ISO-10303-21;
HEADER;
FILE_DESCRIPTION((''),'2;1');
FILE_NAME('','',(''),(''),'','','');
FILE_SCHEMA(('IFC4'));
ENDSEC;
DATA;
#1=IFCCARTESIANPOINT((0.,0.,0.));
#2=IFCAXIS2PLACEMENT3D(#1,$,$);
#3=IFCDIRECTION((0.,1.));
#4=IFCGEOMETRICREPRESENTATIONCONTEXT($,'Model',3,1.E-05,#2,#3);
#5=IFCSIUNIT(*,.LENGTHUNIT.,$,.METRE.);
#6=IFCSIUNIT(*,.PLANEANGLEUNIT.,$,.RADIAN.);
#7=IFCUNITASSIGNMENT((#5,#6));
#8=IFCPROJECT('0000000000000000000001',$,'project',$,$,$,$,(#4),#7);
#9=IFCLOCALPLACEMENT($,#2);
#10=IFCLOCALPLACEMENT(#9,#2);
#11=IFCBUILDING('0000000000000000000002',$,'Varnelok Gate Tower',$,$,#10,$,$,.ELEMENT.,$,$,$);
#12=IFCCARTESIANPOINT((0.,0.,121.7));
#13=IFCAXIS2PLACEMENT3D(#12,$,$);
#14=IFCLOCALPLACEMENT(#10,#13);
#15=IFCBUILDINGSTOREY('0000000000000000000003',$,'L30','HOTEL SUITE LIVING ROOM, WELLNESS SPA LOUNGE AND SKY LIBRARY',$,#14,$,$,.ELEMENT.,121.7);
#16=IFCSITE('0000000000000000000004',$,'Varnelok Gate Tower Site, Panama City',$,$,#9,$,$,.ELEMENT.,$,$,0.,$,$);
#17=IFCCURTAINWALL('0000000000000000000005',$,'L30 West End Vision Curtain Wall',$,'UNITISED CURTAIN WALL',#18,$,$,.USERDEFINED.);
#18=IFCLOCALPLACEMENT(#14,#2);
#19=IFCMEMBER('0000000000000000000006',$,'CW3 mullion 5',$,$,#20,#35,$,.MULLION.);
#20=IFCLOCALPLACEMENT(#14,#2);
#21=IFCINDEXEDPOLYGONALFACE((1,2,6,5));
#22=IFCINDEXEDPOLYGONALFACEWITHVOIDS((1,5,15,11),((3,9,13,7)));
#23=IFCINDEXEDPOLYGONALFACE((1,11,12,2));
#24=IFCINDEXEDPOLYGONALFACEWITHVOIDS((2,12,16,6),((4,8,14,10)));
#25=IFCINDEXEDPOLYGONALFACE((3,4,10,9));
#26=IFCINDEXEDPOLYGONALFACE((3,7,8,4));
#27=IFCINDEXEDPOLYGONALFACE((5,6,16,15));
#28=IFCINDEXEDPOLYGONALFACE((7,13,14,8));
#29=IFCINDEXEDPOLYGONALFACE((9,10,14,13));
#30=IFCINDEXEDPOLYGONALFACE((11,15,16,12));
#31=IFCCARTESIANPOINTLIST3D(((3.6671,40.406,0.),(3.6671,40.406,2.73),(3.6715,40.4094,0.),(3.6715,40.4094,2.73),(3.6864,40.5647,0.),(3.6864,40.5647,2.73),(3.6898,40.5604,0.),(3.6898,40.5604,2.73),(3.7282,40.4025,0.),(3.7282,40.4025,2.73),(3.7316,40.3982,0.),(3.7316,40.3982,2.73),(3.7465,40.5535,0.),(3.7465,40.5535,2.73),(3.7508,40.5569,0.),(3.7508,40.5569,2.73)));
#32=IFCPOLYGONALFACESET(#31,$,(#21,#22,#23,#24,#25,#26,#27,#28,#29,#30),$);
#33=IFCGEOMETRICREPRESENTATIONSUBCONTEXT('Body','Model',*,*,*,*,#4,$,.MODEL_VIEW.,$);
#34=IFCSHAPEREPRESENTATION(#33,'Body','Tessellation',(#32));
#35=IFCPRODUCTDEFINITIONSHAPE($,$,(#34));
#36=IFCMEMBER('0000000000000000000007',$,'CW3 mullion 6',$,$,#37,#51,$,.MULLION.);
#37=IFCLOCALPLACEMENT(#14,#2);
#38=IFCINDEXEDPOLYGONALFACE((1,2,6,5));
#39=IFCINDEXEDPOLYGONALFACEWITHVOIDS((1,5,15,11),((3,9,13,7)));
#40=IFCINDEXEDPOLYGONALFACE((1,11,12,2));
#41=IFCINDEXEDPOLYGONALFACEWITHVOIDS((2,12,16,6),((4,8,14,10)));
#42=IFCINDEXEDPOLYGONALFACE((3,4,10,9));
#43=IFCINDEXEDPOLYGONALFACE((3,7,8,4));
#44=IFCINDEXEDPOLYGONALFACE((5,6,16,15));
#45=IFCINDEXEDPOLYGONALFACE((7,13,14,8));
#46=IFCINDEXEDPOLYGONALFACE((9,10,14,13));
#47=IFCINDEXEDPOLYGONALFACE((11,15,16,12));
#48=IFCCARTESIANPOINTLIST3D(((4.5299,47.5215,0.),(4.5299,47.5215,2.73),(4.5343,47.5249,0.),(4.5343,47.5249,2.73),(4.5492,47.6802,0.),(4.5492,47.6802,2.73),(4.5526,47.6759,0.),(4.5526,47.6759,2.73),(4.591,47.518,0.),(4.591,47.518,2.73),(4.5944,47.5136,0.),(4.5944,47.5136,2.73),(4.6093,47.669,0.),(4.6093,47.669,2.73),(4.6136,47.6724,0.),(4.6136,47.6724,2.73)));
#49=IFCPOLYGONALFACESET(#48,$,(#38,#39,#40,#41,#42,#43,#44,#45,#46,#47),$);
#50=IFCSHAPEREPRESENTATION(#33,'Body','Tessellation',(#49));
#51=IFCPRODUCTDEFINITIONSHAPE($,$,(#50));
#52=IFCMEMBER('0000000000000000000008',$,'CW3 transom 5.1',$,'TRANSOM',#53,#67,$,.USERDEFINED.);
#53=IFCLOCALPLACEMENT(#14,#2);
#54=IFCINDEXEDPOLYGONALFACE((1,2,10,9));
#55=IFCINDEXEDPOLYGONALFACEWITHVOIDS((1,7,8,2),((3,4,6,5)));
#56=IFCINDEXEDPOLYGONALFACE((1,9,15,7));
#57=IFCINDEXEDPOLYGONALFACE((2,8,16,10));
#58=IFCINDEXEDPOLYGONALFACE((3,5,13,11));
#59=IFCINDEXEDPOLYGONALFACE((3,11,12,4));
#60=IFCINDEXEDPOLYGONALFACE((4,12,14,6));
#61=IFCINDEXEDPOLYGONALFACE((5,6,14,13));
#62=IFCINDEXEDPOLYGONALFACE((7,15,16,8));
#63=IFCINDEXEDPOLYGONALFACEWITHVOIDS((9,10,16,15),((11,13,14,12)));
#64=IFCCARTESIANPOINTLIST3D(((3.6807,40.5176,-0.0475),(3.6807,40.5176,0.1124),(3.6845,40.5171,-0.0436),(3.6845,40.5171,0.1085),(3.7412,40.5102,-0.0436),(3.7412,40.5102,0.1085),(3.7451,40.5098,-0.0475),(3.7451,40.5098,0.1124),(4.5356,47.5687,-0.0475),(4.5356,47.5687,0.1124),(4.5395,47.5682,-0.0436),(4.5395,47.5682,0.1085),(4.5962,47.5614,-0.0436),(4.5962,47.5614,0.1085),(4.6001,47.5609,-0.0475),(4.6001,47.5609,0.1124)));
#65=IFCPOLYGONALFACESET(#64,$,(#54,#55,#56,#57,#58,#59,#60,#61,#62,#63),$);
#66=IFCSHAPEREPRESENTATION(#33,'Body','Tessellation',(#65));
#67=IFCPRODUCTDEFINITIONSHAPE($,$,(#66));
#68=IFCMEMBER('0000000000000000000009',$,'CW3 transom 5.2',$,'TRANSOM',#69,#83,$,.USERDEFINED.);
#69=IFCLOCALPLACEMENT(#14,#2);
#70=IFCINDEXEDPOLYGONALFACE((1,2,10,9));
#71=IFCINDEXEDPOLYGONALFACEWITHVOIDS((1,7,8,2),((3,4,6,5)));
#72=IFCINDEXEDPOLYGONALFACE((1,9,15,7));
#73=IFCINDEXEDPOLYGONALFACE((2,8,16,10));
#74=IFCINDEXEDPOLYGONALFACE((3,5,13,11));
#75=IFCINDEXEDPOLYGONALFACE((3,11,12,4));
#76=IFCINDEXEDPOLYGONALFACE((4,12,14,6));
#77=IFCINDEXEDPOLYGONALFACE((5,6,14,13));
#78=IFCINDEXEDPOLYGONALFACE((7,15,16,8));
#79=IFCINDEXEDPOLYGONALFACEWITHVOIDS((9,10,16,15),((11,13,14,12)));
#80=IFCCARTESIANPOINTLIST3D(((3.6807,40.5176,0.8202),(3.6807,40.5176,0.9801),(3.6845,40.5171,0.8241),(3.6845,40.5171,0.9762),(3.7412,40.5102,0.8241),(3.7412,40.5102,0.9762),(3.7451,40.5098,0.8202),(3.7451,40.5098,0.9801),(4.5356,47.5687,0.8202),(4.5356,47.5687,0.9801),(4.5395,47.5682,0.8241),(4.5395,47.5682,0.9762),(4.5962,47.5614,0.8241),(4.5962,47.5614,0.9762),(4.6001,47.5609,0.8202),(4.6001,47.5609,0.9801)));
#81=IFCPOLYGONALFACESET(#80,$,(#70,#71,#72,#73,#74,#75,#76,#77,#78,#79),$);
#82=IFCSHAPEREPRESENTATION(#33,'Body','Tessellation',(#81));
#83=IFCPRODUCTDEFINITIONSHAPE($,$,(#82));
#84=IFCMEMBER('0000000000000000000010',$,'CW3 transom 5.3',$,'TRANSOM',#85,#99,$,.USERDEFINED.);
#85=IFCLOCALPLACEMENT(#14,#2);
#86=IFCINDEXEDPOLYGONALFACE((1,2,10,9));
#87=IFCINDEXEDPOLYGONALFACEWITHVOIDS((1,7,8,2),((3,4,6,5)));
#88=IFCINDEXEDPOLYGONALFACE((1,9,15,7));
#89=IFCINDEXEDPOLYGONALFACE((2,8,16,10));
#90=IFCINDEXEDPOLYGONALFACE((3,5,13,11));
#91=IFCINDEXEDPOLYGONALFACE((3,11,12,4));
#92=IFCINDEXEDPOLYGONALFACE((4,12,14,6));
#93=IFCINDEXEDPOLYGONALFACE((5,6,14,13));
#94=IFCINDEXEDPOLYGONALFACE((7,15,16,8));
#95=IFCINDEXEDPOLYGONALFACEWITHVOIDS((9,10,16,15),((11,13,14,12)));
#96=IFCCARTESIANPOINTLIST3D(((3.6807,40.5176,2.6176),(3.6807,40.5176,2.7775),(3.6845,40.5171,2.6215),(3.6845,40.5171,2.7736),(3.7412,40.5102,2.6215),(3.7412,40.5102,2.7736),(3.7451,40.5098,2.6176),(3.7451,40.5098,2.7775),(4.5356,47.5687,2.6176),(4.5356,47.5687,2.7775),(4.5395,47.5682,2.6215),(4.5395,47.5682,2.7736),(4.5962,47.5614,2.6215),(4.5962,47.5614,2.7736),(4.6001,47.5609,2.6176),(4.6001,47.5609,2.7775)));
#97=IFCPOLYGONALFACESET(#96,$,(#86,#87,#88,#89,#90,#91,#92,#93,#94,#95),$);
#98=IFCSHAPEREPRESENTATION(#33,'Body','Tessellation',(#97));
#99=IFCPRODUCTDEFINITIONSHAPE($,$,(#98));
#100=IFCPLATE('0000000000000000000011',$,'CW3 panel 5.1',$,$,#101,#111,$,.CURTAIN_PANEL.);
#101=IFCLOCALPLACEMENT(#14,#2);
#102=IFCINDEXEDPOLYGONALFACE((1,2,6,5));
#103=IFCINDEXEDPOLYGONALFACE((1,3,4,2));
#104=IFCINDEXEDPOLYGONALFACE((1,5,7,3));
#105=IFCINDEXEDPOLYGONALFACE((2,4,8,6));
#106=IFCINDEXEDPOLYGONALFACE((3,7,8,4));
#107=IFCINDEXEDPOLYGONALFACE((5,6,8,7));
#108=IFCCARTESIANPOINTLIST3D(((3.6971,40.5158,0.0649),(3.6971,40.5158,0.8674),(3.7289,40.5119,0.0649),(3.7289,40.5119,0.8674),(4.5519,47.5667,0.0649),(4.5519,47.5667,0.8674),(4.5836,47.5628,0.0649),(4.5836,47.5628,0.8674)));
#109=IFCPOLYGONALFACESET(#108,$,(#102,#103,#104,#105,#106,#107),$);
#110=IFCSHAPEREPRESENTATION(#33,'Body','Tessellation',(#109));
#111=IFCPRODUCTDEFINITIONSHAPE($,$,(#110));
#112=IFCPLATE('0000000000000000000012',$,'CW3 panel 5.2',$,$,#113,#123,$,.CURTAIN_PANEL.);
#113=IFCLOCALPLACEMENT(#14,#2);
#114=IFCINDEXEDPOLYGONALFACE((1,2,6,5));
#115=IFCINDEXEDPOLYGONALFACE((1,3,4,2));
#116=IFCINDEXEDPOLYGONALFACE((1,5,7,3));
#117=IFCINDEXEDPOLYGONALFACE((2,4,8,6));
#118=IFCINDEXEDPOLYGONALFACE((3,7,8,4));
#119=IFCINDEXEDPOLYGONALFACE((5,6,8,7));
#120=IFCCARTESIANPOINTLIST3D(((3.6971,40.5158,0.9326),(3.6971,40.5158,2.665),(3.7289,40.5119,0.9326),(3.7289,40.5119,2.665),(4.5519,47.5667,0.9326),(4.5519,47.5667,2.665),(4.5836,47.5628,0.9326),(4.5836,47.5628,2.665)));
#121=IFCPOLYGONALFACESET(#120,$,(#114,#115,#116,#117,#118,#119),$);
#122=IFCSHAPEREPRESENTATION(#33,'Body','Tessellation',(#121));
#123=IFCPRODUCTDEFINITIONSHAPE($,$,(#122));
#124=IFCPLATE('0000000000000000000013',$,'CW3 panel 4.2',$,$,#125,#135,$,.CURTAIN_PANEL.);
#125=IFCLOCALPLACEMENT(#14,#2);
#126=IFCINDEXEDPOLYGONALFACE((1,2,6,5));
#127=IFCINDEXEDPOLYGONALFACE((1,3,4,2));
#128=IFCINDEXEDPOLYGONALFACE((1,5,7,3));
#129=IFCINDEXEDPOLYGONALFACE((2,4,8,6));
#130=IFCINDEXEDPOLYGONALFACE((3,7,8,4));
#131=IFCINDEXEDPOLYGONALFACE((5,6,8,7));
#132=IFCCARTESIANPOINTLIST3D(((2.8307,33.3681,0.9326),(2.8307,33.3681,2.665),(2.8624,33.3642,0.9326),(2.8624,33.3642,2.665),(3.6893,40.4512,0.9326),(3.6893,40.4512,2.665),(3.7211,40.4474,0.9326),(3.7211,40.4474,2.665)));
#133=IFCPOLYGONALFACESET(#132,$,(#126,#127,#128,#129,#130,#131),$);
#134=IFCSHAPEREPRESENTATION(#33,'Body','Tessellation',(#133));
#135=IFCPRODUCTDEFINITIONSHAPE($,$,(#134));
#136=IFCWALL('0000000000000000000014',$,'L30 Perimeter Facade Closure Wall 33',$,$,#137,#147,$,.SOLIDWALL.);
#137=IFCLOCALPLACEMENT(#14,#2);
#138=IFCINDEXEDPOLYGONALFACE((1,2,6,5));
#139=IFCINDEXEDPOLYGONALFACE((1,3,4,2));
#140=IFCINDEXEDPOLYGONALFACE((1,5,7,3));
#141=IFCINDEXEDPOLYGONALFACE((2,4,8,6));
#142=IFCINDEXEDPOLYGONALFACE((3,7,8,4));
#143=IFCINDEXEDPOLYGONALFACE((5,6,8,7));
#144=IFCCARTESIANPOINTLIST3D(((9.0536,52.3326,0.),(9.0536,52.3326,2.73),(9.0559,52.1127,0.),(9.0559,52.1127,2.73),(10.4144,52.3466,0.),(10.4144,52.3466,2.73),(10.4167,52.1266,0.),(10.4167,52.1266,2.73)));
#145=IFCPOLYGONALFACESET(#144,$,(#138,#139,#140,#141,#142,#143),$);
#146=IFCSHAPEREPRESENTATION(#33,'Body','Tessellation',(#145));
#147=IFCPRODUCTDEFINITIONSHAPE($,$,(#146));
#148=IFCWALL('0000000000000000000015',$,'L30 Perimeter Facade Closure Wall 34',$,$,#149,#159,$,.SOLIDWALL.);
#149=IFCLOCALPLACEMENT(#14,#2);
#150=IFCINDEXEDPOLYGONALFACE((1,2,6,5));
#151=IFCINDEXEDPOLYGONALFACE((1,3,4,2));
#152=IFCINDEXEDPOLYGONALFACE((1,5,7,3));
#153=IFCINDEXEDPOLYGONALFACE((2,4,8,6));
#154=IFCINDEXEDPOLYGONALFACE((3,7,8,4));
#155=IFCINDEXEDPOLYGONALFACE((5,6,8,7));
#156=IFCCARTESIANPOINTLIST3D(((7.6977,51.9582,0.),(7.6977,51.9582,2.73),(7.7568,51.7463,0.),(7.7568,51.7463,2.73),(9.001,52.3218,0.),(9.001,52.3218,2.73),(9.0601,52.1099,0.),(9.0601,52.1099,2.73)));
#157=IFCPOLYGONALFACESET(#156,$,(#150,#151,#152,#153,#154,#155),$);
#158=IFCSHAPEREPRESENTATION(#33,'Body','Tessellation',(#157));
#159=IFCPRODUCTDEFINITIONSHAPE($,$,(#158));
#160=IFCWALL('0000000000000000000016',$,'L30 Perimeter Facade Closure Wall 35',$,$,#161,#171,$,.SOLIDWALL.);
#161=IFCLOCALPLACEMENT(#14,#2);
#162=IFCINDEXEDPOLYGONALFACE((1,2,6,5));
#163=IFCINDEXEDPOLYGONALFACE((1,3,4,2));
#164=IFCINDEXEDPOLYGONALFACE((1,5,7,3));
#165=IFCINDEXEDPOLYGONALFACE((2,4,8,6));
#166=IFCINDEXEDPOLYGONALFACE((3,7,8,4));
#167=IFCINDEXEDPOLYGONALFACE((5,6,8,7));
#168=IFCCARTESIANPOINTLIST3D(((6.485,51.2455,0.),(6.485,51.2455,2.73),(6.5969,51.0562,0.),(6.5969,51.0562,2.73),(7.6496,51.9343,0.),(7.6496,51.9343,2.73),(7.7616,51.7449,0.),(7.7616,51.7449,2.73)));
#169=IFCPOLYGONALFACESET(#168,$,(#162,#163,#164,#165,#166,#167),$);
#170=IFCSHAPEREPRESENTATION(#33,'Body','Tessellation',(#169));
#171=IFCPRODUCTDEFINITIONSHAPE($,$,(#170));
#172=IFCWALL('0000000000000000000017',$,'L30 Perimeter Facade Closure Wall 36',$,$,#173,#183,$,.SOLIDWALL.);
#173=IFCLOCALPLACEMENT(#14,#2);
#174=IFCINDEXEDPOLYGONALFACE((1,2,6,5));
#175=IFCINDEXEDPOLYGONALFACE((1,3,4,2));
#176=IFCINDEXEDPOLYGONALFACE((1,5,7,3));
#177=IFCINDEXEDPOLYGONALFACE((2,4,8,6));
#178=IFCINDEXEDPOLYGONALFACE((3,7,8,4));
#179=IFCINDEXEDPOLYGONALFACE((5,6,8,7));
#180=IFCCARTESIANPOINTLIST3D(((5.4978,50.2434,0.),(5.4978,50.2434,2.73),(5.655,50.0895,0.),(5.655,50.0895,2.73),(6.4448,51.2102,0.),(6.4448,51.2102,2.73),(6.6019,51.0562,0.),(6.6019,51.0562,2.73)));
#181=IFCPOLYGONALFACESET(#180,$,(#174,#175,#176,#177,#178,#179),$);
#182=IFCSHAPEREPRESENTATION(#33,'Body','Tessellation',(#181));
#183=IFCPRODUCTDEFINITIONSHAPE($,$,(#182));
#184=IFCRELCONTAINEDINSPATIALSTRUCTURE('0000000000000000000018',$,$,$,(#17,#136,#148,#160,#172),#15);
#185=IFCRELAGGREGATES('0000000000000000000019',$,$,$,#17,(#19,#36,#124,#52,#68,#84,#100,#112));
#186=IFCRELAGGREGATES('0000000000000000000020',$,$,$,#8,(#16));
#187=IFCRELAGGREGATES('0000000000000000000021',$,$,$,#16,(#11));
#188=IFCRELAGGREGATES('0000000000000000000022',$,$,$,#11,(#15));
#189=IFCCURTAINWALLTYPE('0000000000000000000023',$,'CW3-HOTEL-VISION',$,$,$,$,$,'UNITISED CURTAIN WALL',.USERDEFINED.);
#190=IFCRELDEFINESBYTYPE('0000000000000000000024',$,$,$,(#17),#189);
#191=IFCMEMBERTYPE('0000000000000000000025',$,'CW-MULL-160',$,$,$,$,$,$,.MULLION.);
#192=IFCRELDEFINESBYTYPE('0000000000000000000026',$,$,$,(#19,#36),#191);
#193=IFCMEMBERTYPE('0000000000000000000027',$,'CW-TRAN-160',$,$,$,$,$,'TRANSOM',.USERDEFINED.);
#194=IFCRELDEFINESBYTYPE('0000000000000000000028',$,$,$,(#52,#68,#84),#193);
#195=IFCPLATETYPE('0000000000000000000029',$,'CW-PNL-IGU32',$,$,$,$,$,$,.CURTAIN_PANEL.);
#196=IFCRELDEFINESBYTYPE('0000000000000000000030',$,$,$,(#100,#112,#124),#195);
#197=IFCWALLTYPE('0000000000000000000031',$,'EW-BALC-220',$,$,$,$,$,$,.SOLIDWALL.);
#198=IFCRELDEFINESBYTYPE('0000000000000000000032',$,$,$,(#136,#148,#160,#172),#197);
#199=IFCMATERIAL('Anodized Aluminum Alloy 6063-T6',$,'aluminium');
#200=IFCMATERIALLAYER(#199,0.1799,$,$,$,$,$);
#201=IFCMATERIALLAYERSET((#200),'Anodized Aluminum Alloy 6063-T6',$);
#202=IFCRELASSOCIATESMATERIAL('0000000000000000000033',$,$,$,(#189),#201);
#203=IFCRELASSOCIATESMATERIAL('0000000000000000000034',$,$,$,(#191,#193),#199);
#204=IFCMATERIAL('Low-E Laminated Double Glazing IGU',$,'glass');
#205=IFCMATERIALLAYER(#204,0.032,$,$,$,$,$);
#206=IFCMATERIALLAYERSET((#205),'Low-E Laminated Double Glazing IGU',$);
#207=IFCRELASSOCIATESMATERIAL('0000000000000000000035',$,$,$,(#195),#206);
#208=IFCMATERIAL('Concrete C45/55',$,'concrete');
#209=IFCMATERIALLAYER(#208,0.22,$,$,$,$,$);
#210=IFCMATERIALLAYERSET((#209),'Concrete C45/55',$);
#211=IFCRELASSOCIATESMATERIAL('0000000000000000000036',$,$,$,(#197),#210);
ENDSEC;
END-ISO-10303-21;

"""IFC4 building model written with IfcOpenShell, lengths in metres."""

from ifc_helpers import new_model, si_unit, direction, frame, frame_2d, origin, origin_2d, place, context, subcontext, project, spatial, rectangle, hollow_rectangle, extrude, source, transform, mapped, material, layer, layer_set, material_profile, profile_set, type_object, element, aggregate, save


model = new_model("IFC4")

# Units and contexts
model_context = context("Model", 3, precision=1e-05, world=origin(), true_north=direction((0.0, 1.0)))
body_context = subcontext(model_context, "Body", "Model", "MODEL_VIEW")
ifc_project = project(units=[si_unit("LENGTHUNIT", "METRE"), si_unit("PLANEANGLEUNIT", "RADIAN")], contexts=[model_context])

# Site, building, storey
site_placement = place(None, origin())
site = spatial("IfcSite", under=ifc_project, at=site_placement, Name="Varnelok Gate Tower Site, Panama City", CompositionType="ELEMENT", RefElevation=0.0)
building_placement = place(site_placement, origin())
building = spatial("IfcBuilding", under=site, at=building_placement, Name="Varnelok Gate Tower", CompositionType="ELEMENT")
storey_placement = place(building_placement, frame((0.0, 0.0, 121.7)))
storey = spatial("IfcBuildingStorey", under=building, at=storey_placement, Name="L30", Description="HOTEL SUITE LIVING ROOM, WELLNESS SPA LOUNGE AND SKY LIBRARY", CompositionType="ELEMENT", Elevation=121.7)

# Curtain wall, members, plates
ifc_material_1 = material(Name="Anodized Aluminum Alloy 6063-T6", Category="aluminium")
ifc_layer_1 = layer(ifc_material_1, 0.1799)
ifc_layer_set_1 = layer_set([ifc_layer_1], Name="Anodized Aluminum Alloy 6063-T6")
curtain_wall_type = type_object("IfcCurtainWallType", Name="CW3-HOTEL-VISION", ElementType="UNITISED CURTAIN WALL", PredefinedType="USERDEFINED", material=ifc_layer_set_1)
curtain_wall_placement = place(storey_placement, origin())
curtain_wall = element("IfcCurtainWall", 1, at=curtain_wall_placement, inside=storey, type_object=curtain_wall_type, Name="L30 West End Vision Curtain Wall", ObjectType="UNITISED CURTAIN WALL", PredefinedType="USERDEFINED")
ifc_material_profile_1 = material_profile(ifc_material_1, hollow_rectangle(XDim=0.0649, YDim=0.1599, WallThickness=0.0039, at=origin_2d()), Name="ALU160X65X4")
ifc_profile_set_1 = profile_set([ifc_material_profile_1], Name="Anodized Aluminum Alloy 6063-T6")
member_type_1 = type_object("IfcMemberType", Name="CW-MULL-160", PredefinedType="MULLION", material=ifc_profile_set_1)
member_1_placement = place(storey_placement, frame((3.709, 40.4814, 0.0), z_axis=(0.0, 0.0, 1.0), x_axis=(-0.992732, 0.120347, 0.0)))
member_1 = element("IfcMember", 2, at=member_1_placement, type_object=member_type_1, Name="CW3 mullion 5", PredefinedType="MULLION", context=body_context, shape_type="SweptSolid", body=[
    extrude(hollow_rectangle(XDim=0.0649, YDim=0.1599, WallThickness=0.0039, at=origin_2d()), origin(), (0.0, 0.0, 1.0), 2.73),
])
member_2_placement = place(storey_placement, frame((4.5718, 47.5969, 0.0), z_axis=(0.0, 0.0, 1.0), x_axis=(-0.992732, 0.120347, 0.0)))
member_2 = element("IfcMember", 3, at=member_2_placement, type_object=member_type_1, Name="CW3 mullion 6", PredefinedType="MULLION", context=body_context, shape_type="SweptSolid", body=[
    extrude(hollow_rectangle(XDim=0.0649, YDim=0.1599, WallThickness=0.0039, at=origin_2d()), origin(), (0.0, 0.0, 1.0), 2.73),
])
ifc_material_profile_2 = material_profile(ifc_material_1, hollow_rectangle(XDim=0.0649, YDim=0.1599, WallThickness=0.0039, at=origin_2d()), Name="ALU160X65X4")
ifc_profile_set_2 = profile_set([ifc_material_profile_2], Name="Anodized Aluminum Alloy 6063-T6")
member_type_2 = type_object("IfcMemberType", Name="CW-TRAN-160", ElementType="TRANSOM", PredefinedType="USERDEFINED", material=ifc_profile_set_2)
member_3_placement = place(storey_placement, frame((3.7129, 40.5137, 0.0325), z_axis=(0.120374, 0.992729, 0.0), x_axis=(-0.992729, 0.120374, 0.0)))
member_3 = element("IfcMember", 4, at=member_3_placement, type_object=member_type_2, Name="CW3 transom 5.1", ObjectType="TRANSOM", PredefinedType="USERDEFINED", context=body_context, shape_type="SweptSolid", body=[
    extrude(hollow_rectangle(XDim=0.0649, YDim=0.1599, WallThickness=0.0039, at=origin_2d()), origin(), (0.0, 0.0, 1.0), 7.1028),
])
member_4_placement = place(storey_placement, frame((3.7129, 40.5137, 0.9001), z_axis=(0.120374, 0.992729, 0.0), x_axis=(-0.992729, 0.120374, 0.0)))
member_4 = element("IfcMember", 5, at=member_4_placement, type_object=member_type_2, Name="CW3 transom 5.2", ObjectType="TRANSOM", PredefinedType="USERDEFINED", context=body_context, shape_type="SweptSolid", body=[
    extrude(hollow_rectangle(XDim=0.0649, YDim=0.1599, WallThickness=0.0039, at=origin_2d()), origin(), (0.0, 0.0, 1.0), 7.1028),
])
member_5_placement = place(storey_placement, frame((3.7129, 40.5137, 2.6975), z_axis=(0.120374, 0.992729, 0.0), x_axis=(-0.992729, 0.120374, 0.0)))
member_5 = element("IfcMember", 6, at=member_5_placement, type_object=member_type_2, Name="CW3 transom 5.3", ObjectType="TRANSOM", PredefinedType="USERDEFINED", context=body_context, shape_type="SweptSolid", body=[
    extrude(hollow_rectangle(XDim=0.0649, YDim=0.1599, WallThickness=0.0039, at=origin_2d()), origin(), (0.0, 0.0, 1.0), 7.1028),
])
ifc_material_2 = material(Name="Low-E Laminated Double Glazing IGU", Category="glass")
ifc_layer_2 = layer(ifc_material_2, 0.032)
ifc_layer_set_2 = layer_set([ifc_layer_2], Name="Low-E Laminated Double Glazing IGU")
plate_type = type_object("IfcPlateType", Name="CW-PNL-IGU32", PredefinedType="CURTAIN_PANEL", material=ifc_layer_set_2)
shared_shape_1 = source(origin(), body_context, "Body", "SweptSolid", [
    extrude(rectangle(XDim=7.1025, YDim=0.032, at=origin_2d()), origin(), (0.0, 0.0, 1.0), 0.8025),
])
plate_1_placement = place(storey_placement, frame((4.1404, 44.0393, 0.0649), z_axis=(0.0, 0.0, 1.0), x_axis=(0.120347, 0.992732, 0.0)))
plate_1 = element("IfcPlate", 7, at=plate_1_placement, type_object=plate_type, Name="CW3 panel 5.1", PredefinedType="CURTAIN_PANEL", context=body_context, shape_type="MappedRepresentation", body=[
    mapped(shared_shape_1, transform((0.0, 0.0, 0.0), scale=1.0)),
])
shared_shape_2 = source(origin(), body_context, "Body", "SweptSolid", [
    extrude(rectangle(XDim=7.1025, YDim=0.032, at=origin_2d()), origin(), (0.0, 0.0, 1.0), 1.7324),
])
plate_2_placement = place(storey_placement, frame((4.1404, 44.0393, 0.9326), z_axis=(0.0, 0.0, 1.0), x_axis=(0.120347, 0.992732, 0.0)))
plate_2 = element("IfcPlate", 8, at=plate_2_placement, type_object=plate_type, Name="CW3 panel 5.2", PredefinedType="CURTAIN_PANEL", context=body_context, shape_type="MappedRepresentation", body=[
    mapped(shared_shape_2, transform((0.0, 0.0, 0.0), scale=1.0)),
])
shared_shape_3 = source(origin(), body_context, "Body", "SweptSolid", [
    extrude(rectangle(XDim=7.135, YDim=0.032, at=origin_2d()), origin(), (0.0, 0.0, 1.0), 1.7324),
])
plate_3_placement = place(storey_placement, frame((3.2759, 36.9077, 0.9326), z_axis=(0.0, 0.0, 1.0), x_axis=(0.120347, 0.992732, 0.0)))
plate_3 = element("IfcPlate", 9, at=plate_3_placement, type_object=plate_type, Name="CW3 panel 4.2", PredefinedType="CURTAIN_PANEL", context=body_context, shape_type="MappedRepresentation", body=[
    mapped(shared_shape_3, transform((0.0, 0.0, 0.0), scale=1.0)),
])
aggregate(curtain_wall, [member_1, member_2, plate_3, member_3, member_4, member_5, plate_1, plate_2])

# Walls
ifc_material_3 = material(Name="Concrete C45/55", Category="concrete")
ifc_layer_3 = layer(ifc_material_3, 0.22)
ifc_layer_set_3 = layer_set([ifc_layer_3], Name="Concrete C45/55")
wall_type_1 = type_object("IfcWallType", Name="EW-BALC-220", PredefinedType="SOLIDWALL", material=ifc_layer_set_3)
wall_1_placement = place(storey_placement, frame((10.4155, 52.2366, 0.0), z_axis=(0.0, 0.0, 1.0), x_axis=(-0.999948, -0.010226, 0.0)))
element("IfcWall", 10, at=wall_1_placement, inside=storey, type_object=wall_type_1, Name="L30 Perimeter Facade Closure Wall 33", PredefinedType="SOLIDWALL", context=body_context, shape_type="SweptSolid", body=[
    extrude(rectangle(XDim=1.3608, YDim=0.22, at=frame_2d((0.6804, 0.0))), origin(), (0.0, 0.0, 1.0), 2.73),
])
for number, where, z_axis, x_axis, name in (
    (11, (9.0305, 52.2158, 0.0), (0.0, 0.0, 1.0), (-0.963228, -0.268686, 0.0), "L30 Perimeter Facade Closure Wall 34"),
    (12, (7.7056, 51.8396, 0.0), (0.0, 0.0, 1.0), (-0.86074, -0.509045, 0.0), "L30 Perimeter Facade Closure Wall 35"),
):
    element("IfcWall", number, at=place(storey_placement, frame(where, z_axis=z_axis, x_axis=x_axis)), inside=storey, type_object=wall_type_1, Name=name, PredefinedType="SOLIDWALL", context=body_context, shape_type="SweptSolid", body=[
        extrude(rectangle(XDim=1.353, YDim=0.22, at=frame_2d((0.6765, 0.0))), origin(), (0.0, 0.0, 1.0), 2.73),
    ])
wall_2_placement = place(storey_placement, frame((6.5234, 51.1333, 0.0), z_axis=(0.0, 0.0, 1.0), x_axis=(-0.699763, -0.714375, 0.0)))
element("IfcWall", 13, at=wall_2_placement, inside=storey, type_object=wall_type_1, Name="L30 Perimeter Facade Closure Wall 36", PredefinedType="SOLIDWALL", context=body_context, shape_type="SweptSolid", body=[
    extrude(rectangle(XDim=1.3533, YDim=0.22, at=frame_2d((0.6768, 0.0))), origin(), (0.0, 0.0, 1.0), 2.73),
])

save(model, "model.ifc")
